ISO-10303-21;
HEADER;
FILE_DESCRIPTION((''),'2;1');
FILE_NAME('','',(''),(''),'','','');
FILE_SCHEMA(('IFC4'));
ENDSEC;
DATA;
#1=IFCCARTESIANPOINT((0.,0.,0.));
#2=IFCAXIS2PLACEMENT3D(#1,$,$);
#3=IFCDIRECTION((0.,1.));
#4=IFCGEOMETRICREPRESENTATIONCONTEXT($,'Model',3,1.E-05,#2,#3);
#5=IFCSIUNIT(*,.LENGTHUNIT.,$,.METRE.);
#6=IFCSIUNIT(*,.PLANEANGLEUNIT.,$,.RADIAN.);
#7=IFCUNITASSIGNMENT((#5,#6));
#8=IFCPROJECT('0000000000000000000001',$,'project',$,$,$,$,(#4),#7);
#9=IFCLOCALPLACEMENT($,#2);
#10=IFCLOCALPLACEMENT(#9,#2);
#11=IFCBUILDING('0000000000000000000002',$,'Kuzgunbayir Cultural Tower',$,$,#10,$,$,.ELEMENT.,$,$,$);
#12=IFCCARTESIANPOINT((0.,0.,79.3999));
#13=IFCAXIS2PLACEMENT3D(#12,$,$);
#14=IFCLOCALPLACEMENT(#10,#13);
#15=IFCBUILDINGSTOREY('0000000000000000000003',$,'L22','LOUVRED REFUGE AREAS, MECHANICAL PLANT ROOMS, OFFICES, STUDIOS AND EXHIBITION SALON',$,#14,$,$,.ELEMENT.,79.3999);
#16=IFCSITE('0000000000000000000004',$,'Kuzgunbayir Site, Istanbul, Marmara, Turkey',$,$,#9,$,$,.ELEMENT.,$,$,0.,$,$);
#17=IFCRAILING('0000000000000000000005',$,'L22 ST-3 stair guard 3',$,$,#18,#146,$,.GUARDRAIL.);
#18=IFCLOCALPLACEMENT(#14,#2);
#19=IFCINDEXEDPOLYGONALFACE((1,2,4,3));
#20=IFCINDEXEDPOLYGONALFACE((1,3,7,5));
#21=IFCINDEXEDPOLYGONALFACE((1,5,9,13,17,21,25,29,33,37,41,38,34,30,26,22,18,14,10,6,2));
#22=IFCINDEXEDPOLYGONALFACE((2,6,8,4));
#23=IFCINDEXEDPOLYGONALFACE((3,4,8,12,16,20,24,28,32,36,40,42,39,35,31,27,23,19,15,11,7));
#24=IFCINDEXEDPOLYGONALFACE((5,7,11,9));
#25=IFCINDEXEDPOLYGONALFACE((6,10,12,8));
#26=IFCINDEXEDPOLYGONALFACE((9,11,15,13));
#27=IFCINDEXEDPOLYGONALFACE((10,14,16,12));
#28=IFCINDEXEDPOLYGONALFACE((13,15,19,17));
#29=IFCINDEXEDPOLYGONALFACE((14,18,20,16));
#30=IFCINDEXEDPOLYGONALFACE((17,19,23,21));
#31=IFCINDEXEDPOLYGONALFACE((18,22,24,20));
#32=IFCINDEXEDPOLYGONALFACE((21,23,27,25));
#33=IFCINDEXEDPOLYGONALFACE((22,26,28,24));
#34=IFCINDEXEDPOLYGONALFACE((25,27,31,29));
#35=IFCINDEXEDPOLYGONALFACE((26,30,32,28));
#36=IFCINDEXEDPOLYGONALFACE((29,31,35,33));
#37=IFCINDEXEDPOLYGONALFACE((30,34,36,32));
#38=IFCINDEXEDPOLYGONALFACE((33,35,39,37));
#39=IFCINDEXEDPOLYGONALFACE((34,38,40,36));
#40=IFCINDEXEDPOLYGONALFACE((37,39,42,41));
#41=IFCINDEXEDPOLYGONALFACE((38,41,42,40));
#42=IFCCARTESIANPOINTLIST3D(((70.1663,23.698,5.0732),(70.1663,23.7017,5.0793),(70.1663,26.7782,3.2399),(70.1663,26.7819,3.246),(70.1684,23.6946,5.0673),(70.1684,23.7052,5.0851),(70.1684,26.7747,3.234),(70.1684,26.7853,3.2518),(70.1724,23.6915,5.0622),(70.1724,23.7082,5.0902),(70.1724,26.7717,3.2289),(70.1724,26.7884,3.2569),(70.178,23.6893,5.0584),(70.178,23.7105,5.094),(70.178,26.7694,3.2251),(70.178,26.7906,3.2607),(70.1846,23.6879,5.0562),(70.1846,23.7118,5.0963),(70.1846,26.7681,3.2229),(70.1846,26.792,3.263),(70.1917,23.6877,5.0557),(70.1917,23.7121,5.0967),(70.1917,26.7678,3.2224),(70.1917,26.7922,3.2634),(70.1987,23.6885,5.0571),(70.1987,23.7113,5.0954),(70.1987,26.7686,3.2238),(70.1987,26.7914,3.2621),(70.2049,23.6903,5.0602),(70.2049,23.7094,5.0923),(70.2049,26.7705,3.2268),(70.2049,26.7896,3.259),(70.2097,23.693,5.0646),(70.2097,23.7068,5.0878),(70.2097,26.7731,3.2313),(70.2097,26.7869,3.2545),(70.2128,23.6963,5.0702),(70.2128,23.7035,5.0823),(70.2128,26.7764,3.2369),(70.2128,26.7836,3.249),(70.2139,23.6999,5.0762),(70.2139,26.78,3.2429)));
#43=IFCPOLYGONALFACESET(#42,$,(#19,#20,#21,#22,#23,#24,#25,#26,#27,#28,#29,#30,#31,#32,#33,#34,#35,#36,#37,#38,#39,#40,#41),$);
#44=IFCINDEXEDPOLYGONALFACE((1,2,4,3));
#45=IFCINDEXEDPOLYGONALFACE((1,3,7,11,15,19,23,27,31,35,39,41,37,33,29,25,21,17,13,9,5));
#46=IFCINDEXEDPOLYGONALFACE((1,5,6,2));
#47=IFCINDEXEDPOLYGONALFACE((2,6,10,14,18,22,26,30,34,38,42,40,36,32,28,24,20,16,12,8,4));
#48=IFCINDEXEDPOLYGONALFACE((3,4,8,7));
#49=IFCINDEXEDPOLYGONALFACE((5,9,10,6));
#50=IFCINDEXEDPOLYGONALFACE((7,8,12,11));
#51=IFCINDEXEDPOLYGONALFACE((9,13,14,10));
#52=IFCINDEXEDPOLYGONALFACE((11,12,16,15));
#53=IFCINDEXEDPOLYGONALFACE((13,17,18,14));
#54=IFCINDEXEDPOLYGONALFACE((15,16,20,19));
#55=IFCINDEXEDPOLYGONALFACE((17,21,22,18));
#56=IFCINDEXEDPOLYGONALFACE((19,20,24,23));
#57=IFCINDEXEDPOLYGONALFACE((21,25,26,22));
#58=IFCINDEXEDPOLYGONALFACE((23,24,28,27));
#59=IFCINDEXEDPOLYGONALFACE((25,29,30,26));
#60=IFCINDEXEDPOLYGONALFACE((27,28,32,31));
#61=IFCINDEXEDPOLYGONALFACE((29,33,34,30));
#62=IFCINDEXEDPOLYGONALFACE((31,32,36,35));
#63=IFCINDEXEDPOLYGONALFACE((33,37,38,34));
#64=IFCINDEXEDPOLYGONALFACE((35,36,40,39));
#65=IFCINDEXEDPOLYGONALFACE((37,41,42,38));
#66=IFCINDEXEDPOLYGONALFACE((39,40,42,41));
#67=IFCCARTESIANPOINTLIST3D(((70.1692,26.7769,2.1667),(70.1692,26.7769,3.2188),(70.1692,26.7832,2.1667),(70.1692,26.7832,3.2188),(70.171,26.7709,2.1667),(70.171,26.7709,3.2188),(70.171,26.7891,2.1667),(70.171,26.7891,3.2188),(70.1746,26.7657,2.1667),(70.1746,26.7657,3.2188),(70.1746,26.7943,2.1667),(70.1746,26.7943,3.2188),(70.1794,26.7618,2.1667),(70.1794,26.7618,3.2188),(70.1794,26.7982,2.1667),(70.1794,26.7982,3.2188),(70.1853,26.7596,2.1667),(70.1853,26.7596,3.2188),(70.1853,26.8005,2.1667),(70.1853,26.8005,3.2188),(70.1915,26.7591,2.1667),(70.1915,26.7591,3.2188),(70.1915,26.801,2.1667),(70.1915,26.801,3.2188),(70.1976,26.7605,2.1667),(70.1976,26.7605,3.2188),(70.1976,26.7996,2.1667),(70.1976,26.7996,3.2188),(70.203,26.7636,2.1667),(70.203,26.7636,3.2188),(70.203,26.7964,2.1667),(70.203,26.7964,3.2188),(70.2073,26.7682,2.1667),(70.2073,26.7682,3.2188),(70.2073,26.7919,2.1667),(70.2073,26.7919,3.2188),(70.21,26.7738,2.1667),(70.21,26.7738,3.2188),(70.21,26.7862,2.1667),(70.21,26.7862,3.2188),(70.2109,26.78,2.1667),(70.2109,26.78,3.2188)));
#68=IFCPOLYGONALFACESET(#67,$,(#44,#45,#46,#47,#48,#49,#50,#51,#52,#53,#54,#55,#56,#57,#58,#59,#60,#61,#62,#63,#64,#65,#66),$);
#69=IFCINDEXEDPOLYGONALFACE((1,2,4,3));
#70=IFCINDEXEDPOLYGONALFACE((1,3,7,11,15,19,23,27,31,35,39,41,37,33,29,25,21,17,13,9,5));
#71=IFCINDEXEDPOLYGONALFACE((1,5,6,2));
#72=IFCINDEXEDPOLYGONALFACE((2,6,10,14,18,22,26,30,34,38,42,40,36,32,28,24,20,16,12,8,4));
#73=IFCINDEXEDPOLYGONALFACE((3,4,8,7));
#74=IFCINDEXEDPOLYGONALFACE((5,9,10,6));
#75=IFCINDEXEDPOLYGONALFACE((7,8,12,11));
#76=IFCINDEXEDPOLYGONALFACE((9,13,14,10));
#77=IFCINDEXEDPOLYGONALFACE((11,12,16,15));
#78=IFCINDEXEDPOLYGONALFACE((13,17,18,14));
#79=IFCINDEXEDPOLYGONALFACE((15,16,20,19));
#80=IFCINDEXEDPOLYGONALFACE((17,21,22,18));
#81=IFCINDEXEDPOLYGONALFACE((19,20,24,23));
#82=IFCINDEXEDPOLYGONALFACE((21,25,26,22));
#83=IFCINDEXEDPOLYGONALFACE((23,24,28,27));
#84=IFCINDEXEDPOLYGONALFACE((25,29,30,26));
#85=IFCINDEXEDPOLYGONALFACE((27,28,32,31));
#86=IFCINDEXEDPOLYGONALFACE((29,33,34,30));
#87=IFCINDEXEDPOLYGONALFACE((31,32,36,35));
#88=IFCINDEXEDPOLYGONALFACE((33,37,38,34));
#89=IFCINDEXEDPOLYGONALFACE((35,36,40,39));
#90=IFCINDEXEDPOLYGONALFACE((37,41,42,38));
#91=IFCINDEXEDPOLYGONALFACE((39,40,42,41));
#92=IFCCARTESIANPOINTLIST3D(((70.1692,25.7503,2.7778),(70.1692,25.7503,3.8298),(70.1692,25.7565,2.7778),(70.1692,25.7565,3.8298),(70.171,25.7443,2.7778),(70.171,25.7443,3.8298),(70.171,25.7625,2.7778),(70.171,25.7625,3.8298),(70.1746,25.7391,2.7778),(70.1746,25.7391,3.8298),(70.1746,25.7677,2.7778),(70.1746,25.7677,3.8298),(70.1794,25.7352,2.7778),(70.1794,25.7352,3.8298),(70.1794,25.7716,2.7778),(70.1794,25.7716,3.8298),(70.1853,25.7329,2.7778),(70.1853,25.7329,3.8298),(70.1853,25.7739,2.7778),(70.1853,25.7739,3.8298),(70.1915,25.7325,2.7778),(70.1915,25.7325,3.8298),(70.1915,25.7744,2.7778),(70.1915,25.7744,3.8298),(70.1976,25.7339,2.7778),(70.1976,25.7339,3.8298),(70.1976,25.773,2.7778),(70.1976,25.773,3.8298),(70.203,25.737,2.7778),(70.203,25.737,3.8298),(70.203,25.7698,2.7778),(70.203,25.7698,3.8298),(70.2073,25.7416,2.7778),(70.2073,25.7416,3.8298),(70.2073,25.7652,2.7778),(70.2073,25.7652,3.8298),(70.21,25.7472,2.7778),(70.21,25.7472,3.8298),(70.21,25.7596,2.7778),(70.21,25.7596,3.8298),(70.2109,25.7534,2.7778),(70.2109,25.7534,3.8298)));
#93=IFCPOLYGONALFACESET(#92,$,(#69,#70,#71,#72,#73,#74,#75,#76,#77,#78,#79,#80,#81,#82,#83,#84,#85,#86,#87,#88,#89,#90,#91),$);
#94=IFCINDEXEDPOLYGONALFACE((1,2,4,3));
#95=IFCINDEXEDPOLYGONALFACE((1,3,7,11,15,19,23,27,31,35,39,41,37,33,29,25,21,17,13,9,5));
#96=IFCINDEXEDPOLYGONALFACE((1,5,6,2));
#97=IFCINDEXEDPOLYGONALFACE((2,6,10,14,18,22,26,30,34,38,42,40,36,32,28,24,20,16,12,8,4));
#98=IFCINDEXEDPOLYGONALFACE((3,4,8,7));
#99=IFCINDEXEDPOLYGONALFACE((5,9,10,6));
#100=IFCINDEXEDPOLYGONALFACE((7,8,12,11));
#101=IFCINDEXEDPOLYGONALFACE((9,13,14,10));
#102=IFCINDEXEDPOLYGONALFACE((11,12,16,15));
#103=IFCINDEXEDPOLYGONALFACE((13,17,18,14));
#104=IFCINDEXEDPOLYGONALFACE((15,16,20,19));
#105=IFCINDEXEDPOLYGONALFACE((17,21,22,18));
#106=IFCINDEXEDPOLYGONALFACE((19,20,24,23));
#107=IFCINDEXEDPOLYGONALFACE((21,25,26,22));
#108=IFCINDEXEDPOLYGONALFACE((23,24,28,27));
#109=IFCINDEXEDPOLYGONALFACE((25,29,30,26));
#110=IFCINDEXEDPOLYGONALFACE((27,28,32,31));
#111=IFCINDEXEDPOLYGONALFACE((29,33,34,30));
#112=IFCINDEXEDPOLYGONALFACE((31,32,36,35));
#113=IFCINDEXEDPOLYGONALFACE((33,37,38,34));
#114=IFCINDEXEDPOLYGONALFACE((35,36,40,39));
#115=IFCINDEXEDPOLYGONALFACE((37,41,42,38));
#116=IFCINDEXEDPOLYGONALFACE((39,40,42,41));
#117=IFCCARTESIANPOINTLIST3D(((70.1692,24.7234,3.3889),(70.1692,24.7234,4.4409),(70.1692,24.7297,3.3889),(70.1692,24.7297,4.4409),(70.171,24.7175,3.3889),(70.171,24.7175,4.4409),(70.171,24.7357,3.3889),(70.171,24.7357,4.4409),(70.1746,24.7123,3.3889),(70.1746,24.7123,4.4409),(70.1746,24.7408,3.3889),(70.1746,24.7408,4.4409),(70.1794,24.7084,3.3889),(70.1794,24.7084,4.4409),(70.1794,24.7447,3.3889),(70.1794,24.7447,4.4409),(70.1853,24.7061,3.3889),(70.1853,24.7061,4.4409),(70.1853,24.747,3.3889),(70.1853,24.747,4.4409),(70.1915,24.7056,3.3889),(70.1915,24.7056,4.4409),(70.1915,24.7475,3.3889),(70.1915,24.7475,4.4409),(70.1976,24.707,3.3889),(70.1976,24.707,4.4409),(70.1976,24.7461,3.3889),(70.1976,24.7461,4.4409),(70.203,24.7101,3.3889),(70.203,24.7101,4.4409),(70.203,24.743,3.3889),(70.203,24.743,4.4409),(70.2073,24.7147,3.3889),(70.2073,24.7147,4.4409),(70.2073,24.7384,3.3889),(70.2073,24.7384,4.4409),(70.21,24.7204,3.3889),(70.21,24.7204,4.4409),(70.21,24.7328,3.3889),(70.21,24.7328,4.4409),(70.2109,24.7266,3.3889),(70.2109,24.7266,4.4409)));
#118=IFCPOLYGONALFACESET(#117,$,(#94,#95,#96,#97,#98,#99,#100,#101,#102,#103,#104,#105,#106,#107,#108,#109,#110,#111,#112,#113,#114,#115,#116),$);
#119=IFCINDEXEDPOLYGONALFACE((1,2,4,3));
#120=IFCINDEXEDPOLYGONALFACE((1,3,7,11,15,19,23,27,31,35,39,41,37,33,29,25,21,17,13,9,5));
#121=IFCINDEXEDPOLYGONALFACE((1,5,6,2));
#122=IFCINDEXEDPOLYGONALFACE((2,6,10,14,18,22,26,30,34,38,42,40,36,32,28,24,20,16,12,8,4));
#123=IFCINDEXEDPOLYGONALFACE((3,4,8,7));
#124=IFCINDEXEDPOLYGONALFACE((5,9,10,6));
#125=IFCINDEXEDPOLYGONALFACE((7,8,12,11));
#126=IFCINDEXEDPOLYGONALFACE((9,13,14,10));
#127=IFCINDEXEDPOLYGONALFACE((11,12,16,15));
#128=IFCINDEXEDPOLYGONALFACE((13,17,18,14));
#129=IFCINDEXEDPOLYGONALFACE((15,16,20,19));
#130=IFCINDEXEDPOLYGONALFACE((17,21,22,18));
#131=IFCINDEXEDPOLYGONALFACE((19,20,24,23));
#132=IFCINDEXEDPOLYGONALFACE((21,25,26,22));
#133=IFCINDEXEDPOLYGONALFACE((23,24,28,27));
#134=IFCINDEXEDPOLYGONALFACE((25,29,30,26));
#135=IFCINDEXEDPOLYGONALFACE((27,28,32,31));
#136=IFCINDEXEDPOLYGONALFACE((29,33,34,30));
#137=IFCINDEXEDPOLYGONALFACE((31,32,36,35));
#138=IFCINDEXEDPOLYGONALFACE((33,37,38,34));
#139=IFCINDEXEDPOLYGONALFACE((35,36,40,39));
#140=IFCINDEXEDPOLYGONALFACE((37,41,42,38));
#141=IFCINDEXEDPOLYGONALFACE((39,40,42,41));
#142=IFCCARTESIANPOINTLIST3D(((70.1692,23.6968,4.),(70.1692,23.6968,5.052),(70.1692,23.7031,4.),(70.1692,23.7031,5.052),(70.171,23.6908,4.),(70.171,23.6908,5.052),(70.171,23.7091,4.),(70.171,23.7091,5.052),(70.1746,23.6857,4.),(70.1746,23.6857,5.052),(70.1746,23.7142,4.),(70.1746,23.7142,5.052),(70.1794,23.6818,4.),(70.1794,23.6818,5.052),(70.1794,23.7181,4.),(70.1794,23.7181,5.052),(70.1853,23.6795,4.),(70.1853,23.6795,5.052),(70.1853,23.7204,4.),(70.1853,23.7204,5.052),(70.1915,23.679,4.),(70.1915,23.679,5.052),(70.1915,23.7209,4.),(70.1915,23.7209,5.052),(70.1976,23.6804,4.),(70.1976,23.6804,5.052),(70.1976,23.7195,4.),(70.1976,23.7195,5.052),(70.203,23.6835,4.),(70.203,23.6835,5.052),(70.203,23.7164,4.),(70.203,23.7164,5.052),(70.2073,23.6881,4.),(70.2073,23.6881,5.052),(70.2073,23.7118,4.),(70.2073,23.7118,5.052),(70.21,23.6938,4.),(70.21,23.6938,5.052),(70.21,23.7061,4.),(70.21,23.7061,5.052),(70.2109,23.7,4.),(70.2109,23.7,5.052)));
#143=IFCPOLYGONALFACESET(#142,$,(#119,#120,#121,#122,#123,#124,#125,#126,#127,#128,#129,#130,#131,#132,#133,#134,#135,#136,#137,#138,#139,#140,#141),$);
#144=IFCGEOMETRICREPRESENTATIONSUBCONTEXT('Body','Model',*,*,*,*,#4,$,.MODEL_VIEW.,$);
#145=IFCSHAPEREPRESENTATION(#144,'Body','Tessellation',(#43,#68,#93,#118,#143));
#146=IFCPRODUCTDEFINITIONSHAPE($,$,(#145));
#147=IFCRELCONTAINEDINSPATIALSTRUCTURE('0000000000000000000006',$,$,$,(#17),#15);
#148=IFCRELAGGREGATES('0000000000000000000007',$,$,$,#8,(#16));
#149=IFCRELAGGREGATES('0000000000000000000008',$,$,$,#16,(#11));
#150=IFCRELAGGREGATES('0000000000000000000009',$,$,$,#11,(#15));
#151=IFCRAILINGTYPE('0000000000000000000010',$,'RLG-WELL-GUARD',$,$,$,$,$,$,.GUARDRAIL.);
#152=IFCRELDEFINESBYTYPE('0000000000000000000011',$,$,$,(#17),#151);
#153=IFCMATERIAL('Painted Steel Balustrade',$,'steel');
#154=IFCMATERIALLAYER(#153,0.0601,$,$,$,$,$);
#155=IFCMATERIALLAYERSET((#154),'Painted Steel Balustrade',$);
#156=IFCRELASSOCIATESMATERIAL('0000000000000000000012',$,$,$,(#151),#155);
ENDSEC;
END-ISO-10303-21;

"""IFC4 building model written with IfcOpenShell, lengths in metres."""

from ifc_helpers import new_model, si_unit, direction, frame, origin, origin_2d, place, context, subcontext, project, spatial, circle, extrude, material, layer, layer_set, type_object, element, save


model = new_model("IFC4")

# Units and contexts
model_context = context("Model", 3, precision=1e-05, world=origin(), true_north=direction((0.0, 1.0)))
body_context = subcontext(model_context, "Body", "Model", "MODEL_VIEW")
ifc_project = project(units=[si_unit("LENGTHUNIT", "METRE"), si_unit("PLANEANGLEUNIT", "RADIAN")], contexts=[model_context])

# Site, building, storey
site_placement = place(None, origin())
site = spatial("IfcSite", under=ifc_project, at=site_placement, Name="Kuzgunbayir Site, Istanbul, Marmara, Turkey", CompositionType="ELEMENT", RefElevation=0.0)
building_placement = place(site_placement, origin())
building = spatial("IfcBuilding", under=site, at=building_placement, Name="Kuzgunbayir Cultural Tower", CompositionType="ELEMENT")
storey_placement = place(building_placement, frame((0.0, 0.0, 79.3999)))
storey = spatial("IfcBuildingStorey", under=building, at=storey_placement, Name="L22", Description="LOUVRED REFUGE AREAS, MECHANICAL PLANT ROOMS, OFFICES, STUDIOS AND EXHIBITION SALON", CompositionType="ELEMENT", Elevation=79.3999)

# Railing
ifc_material_1 = material(Name="Painted Steel Balustrade", Category="steel")
ifc_layer_1 = layer(ifc_material_1, 0.0601)
ifc_layer_set_1 = layer_set([ifc_layer_1], Name="Painted Steel Balustrade")
railing_type_1 = type_object("IfcRailingType", Name="RLG-WELL-GUARD", PredefinedType="GUARDRAIL", material=ifc_layer_set_1)
railing_1_placement = place(storey_placement, frame((70.1899, 26.78, 2.1667)))
element("IfcRailing", 1, at=railing_1_placement, inside=storey, type_object=railing_type_1, Name="L22 ST-3 stair guard 3", PredefinedType="GUARDRAIL", context=body_context, shape_type="SweptSolid", body=[
    extrude(circle(Radius=0.0239, at=origin_2d()), frame((0.0, 0.0, 1.0762), z_axis=(0.0, -0.859309, 0.511458), x_axis=(1.0, 0.0, 0.0)), (0.0, 0.0, 1.0), 3.5845),
    extrude(circle(Radius=0.021, at=origin_2d()), origin(), (0.0, 0.0, 1.0), 1.052),
    extrude(circle(Radius=0.021, at=origin_2d()), frame((0.0, -1.0266, 0.6111)), (0.0, 0.0, 1.0), 1.052),
    extrude(circle(Radius=0.021, at=origin_2d()), frame((0.0, -2.0535, 1.2222)), (0.0, 0.0, 1.0), 1.052),
    extrude(circle(Radius=0.021, at=origin_2d()), frame((0.0, -3.0801, 1.8333)), (0.0, 0.0, 1.0), 1.052),
])

save(model, "model.ifc")
